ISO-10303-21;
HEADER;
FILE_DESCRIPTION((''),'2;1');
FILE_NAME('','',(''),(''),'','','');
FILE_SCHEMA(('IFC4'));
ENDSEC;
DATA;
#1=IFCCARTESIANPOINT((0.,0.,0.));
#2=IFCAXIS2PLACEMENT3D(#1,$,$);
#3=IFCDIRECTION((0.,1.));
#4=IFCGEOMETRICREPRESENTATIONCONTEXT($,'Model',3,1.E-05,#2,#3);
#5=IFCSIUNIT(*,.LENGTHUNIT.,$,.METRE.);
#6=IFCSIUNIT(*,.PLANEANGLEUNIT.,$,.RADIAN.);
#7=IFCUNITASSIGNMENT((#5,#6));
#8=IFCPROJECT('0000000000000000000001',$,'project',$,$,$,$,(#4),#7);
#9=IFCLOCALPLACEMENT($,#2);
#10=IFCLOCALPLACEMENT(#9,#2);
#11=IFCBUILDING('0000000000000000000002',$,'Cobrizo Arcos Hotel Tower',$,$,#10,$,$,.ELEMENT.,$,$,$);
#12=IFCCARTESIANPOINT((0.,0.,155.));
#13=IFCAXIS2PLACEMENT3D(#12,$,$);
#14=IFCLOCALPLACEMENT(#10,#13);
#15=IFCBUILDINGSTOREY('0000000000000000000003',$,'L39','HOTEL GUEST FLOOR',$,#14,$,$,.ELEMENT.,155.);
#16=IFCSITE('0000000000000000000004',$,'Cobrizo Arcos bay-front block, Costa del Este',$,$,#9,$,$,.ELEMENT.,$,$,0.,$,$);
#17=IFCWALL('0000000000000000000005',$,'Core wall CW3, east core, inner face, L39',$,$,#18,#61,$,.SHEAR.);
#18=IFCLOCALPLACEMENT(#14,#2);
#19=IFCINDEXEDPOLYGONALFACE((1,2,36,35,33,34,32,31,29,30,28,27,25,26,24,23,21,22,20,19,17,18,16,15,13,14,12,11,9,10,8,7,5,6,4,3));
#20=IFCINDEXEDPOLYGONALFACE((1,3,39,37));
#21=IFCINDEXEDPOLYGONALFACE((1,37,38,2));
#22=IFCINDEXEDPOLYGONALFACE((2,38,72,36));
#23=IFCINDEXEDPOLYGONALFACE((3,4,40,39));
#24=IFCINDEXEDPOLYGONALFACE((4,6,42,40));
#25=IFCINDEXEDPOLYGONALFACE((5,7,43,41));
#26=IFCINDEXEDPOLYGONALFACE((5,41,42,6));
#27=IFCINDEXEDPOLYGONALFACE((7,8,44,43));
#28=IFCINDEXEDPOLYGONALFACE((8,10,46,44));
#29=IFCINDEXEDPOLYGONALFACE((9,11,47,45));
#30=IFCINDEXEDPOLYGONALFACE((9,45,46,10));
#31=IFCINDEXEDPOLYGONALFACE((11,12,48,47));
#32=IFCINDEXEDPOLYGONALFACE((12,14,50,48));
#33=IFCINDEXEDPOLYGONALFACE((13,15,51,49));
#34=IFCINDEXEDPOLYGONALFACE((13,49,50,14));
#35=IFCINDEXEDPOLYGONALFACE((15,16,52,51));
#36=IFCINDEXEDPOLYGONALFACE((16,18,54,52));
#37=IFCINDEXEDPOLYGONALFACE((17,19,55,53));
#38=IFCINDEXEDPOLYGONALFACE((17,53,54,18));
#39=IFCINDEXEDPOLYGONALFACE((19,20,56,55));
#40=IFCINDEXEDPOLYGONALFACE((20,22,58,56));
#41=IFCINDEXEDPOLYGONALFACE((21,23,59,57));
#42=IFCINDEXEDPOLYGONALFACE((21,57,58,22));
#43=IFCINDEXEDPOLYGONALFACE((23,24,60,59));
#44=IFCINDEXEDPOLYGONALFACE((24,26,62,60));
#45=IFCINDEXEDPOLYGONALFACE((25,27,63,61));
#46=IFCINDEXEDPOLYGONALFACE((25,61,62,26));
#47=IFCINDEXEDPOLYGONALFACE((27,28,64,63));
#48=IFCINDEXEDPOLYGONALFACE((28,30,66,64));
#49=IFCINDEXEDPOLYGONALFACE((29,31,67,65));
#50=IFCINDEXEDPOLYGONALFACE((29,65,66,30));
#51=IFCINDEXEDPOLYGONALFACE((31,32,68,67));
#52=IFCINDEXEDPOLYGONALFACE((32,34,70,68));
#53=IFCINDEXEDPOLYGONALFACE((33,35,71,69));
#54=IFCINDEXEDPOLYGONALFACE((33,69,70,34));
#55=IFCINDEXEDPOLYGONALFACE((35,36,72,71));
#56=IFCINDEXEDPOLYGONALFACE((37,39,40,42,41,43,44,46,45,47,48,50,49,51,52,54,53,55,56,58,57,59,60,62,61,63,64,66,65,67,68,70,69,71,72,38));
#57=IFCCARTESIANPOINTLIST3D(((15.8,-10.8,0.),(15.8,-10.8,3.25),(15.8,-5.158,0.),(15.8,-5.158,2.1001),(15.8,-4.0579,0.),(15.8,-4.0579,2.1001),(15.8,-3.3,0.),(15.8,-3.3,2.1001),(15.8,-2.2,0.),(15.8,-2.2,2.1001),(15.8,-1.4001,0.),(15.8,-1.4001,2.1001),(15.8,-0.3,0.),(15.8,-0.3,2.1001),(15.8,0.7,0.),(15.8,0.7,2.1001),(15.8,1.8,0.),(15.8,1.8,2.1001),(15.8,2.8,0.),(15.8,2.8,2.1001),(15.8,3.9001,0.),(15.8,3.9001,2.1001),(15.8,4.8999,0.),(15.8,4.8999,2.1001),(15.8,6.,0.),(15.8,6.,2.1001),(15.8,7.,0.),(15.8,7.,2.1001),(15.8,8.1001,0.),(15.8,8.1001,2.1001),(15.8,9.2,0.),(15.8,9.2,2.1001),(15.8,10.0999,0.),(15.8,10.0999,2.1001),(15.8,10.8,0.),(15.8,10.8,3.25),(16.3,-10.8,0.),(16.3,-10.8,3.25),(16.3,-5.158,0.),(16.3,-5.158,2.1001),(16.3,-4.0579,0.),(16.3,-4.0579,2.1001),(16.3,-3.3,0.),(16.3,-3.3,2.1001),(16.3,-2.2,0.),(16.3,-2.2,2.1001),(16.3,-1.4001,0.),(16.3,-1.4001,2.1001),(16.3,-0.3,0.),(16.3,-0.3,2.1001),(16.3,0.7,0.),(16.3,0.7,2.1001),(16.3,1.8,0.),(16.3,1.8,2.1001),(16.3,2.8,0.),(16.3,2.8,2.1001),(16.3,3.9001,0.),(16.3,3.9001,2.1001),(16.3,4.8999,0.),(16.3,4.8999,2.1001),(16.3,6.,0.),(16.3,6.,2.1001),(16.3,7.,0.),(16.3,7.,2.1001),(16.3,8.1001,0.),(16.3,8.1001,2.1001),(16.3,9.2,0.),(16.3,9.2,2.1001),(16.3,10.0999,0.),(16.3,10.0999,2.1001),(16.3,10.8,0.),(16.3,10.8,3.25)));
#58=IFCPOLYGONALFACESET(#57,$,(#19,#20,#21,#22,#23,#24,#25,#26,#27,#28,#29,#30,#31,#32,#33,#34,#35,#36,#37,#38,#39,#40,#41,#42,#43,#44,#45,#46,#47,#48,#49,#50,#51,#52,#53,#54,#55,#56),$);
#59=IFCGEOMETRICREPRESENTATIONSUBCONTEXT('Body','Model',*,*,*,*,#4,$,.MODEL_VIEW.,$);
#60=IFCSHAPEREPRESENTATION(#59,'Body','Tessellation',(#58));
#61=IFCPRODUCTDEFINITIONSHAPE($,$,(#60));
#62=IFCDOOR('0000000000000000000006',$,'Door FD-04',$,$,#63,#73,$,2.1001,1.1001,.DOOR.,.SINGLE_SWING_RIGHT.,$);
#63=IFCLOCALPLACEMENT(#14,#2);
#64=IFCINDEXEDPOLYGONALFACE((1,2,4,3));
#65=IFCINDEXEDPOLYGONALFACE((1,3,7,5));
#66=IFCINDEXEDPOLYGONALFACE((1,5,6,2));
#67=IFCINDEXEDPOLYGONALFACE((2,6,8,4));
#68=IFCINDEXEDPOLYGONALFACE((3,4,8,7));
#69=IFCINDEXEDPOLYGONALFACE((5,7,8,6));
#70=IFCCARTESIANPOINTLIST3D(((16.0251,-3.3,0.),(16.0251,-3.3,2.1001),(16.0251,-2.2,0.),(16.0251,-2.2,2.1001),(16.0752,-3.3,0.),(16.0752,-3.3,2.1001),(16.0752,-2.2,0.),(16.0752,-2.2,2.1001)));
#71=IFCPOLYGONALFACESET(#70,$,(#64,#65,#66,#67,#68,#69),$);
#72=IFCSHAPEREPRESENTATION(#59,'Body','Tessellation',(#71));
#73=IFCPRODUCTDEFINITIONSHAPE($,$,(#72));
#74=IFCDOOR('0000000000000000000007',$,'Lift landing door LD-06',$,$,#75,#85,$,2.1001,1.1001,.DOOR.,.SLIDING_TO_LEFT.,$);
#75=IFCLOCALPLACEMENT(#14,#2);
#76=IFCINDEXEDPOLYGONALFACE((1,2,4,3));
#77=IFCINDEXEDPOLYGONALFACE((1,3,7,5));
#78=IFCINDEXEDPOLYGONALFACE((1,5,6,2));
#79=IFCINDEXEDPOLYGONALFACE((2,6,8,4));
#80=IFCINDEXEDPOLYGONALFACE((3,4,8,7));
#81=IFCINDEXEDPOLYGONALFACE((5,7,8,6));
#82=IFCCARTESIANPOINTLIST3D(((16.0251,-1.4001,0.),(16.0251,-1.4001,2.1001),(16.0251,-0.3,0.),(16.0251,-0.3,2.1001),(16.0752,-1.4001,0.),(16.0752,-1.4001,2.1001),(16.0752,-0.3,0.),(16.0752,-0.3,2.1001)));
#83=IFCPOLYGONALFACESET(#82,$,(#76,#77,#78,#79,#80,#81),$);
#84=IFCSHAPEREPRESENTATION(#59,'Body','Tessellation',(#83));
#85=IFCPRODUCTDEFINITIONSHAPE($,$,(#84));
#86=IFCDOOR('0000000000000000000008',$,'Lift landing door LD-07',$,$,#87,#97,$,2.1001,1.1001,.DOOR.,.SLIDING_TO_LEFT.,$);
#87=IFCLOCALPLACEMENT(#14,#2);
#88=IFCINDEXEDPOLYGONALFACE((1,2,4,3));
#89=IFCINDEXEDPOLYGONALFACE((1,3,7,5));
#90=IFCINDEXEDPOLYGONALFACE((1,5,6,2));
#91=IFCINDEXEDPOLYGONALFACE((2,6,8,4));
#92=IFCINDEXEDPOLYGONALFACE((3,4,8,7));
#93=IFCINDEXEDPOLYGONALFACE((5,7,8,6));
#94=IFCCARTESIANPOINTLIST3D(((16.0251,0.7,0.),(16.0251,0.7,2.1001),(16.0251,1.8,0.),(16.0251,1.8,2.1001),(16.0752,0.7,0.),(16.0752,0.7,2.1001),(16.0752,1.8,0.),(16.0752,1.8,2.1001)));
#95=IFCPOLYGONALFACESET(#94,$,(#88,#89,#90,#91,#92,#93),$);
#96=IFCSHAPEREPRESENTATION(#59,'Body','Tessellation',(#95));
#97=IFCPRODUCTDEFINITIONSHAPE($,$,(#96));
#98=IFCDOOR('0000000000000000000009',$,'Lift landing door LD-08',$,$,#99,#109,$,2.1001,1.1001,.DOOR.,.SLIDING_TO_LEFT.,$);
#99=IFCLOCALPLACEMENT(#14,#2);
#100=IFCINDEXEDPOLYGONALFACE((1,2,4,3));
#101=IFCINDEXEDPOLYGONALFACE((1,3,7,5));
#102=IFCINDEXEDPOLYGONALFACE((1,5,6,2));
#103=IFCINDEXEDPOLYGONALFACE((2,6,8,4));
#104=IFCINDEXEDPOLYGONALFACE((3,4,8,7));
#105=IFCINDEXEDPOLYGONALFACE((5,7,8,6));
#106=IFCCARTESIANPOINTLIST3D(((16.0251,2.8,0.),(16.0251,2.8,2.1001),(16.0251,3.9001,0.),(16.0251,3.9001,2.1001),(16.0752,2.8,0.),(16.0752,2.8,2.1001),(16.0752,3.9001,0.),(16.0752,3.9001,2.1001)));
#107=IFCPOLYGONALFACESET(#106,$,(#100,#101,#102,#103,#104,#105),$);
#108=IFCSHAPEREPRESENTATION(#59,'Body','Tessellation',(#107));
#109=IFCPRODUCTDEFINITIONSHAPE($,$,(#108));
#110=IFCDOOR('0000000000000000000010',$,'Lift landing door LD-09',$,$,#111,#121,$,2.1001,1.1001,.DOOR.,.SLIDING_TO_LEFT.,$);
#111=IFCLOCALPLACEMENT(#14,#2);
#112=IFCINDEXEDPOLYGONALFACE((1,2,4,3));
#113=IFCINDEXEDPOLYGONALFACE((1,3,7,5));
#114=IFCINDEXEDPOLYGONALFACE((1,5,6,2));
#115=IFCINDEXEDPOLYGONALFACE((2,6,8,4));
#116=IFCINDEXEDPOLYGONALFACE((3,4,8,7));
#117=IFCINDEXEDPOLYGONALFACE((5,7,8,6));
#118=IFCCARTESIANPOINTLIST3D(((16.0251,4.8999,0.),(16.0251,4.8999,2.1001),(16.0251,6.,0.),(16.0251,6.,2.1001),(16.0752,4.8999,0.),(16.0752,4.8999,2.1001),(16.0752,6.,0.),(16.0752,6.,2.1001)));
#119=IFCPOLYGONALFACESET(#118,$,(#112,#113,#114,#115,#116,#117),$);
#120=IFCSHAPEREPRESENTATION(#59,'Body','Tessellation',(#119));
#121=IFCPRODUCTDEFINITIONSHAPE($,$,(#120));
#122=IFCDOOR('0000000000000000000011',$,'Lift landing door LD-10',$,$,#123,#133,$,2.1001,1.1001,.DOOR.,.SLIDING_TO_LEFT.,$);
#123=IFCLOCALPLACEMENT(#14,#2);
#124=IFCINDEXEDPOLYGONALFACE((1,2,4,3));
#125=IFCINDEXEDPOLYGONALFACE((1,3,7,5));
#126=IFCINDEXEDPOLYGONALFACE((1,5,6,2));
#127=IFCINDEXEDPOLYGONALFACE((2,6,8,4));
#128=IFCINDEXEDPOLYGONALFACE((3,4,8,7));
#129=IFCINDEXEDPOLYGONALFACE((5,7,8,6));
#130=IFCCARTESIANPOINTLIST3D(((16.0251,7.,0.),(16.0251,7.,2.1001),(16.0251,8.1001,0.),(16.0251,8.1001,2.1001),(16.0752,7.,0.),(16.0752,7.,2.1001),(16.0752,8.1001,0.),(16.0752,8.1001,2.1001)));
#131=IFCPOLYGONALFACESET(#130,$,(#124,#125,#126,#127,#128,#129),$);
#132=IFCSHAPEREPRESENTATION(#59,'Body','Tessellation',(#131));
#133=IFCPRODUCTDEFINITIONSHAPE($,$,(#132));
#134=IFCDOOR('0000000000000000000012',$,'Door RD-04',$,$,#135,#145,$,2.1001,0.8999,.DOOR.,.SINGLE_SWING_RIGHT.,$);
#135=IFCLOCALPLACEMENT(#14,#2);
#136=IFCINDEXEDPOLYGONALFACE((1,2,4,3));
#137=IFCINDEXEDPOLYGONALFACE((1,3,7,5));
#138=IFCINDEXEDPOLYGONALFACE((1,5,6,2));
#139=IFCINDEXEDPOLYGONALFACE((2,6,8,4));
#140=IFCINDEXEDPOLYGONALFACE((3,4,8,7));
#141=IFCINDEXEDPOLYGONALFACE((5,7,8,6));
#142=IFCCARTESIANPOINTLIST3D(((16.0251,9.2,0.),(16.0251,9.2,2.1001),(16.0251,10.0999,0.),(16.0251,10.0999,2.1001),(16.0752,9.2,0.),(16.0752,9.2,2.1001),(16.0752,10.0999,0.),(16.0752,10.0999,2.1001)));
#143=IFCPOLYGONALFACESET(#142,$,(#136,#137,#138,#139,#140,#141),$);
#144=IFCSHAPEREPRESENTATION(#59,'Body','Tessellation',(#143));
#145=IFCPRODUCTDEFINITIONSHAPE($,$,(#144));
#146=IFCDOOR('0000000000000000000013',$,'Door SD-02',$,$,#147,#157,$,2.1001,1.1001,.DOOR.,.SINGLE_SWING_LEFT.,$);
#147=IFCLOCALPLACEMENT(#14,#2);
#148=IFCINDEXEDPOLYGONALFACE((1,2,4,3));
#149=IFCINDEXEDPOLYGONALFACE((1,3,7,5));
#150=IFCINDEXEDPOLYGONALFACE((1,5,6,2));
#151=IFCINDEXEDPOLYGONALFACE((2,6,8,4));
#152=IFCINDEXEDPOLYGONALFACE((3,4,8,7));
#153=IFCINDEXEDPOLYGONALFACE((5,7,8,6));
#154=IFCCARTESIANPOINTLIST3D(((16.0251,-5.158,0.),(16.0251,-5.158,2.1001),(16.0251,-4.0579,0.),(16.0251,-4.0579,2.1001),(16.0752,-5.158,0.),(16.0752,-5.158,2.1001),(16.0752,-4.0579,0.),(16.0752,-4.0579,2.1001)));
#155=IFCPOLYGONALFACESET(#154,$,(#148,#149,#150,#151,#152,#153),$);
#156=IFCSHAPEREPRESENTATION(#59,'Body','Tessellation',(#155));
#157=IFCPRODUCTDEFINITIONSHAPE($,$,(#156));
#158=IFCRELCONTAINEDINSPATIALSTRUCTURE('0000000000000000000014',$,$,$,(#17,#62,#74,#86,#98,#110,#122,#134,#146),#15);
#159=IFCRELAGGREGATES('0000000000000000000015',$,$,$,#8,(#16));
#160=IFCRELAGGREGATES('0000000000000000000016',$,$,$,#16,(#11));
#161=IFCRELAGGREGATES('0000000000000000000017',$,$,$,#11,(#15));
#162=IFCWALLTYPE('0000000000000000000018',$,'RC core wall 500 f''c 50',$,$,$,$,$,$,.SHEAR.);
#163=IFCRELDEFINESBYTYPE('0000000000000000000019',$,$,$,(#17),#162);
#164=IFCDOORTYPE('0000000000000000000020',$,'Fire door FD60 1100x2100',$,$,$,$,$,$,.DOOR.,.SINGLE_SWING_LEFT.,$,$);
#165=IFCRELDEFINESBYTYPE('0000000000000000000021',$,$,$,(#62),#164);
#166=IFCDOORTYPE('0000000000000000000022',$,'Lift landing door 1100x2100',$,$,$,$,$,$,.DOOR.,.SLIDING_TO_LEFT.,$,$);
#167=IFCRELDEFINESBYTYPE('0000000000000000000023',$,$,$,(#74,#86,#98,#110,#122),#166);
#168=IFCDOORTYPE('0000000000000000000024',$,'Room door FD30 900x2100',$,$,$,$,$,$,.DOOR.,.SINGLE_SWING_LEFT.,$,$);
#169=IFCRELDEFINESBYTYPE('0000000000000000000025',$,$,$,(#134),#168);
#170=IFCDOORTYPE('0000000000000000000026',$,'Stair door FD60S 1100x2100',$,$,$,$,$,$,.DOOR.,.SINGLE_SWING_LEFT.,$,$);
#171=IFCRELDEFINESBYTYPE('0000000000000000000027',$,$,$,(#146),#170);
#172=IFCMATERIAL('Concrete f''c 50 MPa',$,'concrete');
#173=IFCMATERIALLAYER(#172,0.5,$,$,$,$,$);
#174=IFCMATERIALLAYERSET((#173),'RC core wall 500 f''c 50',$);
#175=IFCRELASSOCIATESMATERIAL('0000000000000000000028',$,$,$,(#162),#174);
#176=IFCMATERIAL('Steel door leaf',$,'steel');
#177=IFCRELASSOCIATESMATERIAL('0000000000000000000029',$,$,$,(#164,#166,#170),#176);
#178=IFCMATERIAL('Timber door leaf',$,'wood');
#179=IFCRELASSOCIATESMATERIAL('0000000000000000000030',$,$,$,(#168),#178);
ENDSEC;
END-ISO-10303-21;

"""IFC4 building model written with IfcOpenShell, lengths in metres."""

from ifc_helpers import new_model, si_unit, direction, frame, frame_2d, origin, place, context, subcontext, project, spatial, rectangle, extrude, material, layer, layer_set, type_object, element, fill, save


model = new_model("IFC4")

# Units and contexts
model_context = context("Model", 3, precision=1e-05, world=origin(), true_north=direction((0.0, 1.0)))
body_context = subcontext(model_context, "Body", "Model", "MODEL_VIEW")
ifc_project = project(units=[si_unit("LENGTHUNIT", "METRE"), si_unit("PLANEANGLEUNIT", "RADIAN")], contexts=[model_context])

# Site, building, storey
site_placement = place(None, origin())
site = spatial("IfcSite", under=ifc_project, at=site_placement, Name="Cobrizo Arcos bay-front block, Costa del Este", CompositionType="ELEMENT", RefElevation=0.0)
building_placement = place(site_placement, origin())
building = spatial("IfcBuilding", under=site, at=building_placement, Name="Cobrizo Arcos Hotel Tower", CompositionType="ELEMENT")
storey_placement = place(building_placement, frame((0.0, 0.0, 155.0)))
storey = spatial("IfcBuildingStorey", under=building, at=storey_placement, Name="L39", Description="HOTEL GUEST FLOOR", CompositionType="ELEMENT", Elevation=155.0)

# Wall, openings, doors
ifc_material_1 = material(Name="Concrete f'c 50 MPa", Category="concrete")
ifc_layer_1 = layer(ifc_material_1, 0.5)
ifc_layer_set_1 = layer_set([ifc_layer_1], Name="RC core wall 500 f'c 50")
wall_type_1 = type_object("IfcWallType", Name="RC core wall 500 f'c 50", PredefinedType="SHEAR", material=ifc_layer_set_1)
wall_1_placement = place(storey_placement, frame((16.05, -10.8, 0.0), z_axis=(0.0, 0.0, 1.0), x_axis=(0.0, 1.0, 0.0)))
wall_1 = element("IfcWall", 1, at=wall_1_placement, inside=storey, type_object=wall_type_1, Name="Core wall CW3, east core, inner face, L39", PredefinedType="SHEAR", context=body_context, shape_type="SweptSolid", body=[
    extrude(rectangle(XDim=21.6001, YDim=0.5, at=frame_2d((10.8, 0.0))), origin(), (0.0, 0.0, 1.0), 3.25),
])
opening_1_placement = place(wall_1_placement, frame((9.3999, 0.0, 0.0)))
opening_1 = element("IfcOpeningElement", 2, at=opening_1_placement, cuts=wall_1, PredefinedType="OPENING", context=body_context, shape_type="SweptSolid", body=[
    extrude(rectangle(XDim=1.1001, YDim=2.1001, at=frame_2d((0.55, 1.05))), frame((0.0, 0.262, 0.0), z_axis=(0.0, -1.0, 0.0), x_axis=(1.0, 0.0, 0.0)), (0.0, 0.0, 1.0), 0.5239),
])
opening_2_placement = place(wall_1_placement, frame((11.5, 0.0, 0.0)))
opening_2 = element("IfcOpeningElement", 3, at=opening_2_placement, cuts=wall_1, PredefinedType="OPENING", context=body_context, shape_type="SweptSolid", body=[
    extrude(rectangle(XDim=1.1001, YDim=2.1001, at=frame_2d((0.55, 1.05))), frame((0.0, 0.262, 0.0), z_axis=(0.0, -1.0, 0.0), x_axis=(1.0, 0.0, 0.0)), (0.0, 0.0, 1.0), 0.5239),
])
opening_3_placement = place(wall_1_placement, frame((13.6001, 0.0, 0.0)))
opening_3 = element("IfcOpeningElement", 4, at=opening_3_placement, cuts=wall_1, PredefinedType="OPENING", context=body_context, shape_type="SweptSolid", body=[
    extrude(rectangle(XDim=1.1001, YDim=2.1001, at=frame_2d((0.55, 1.05))), frame((0.0, 0.262, 0.0), z_axis=(0.0, -1.0, 0.0), x_axis=(1.0, 0.0, 0.0)), (0.0, 0.0, 1.0), 0.5239),
])
opening_4_placement = place(wall_1_placement, frame((15.7, 0.0, 0.0)))
opening_4 = element("IfcOpeningElement", 5, at=opening_4_placement, cuts=wall_1, PredefinedType="OPENING", context=body_context, shape_type="SweptSolid", body=[
    extrude(rectangle(XDim=1.1001, YDim=2.1001, at=frame_2d((0.55, 1.05))), frame((0.0, 0.262, 0.0), z_axis=(0.0, -1.0, 0.0), x_axis=(1.0, 0.0, 0.0)), (0.0, 0.0, 1.0), 0.5239),
])
opening_5_placement = place(wall_1_placement, frame((17.8, 0.0, 0.0)))
opening_5 = element("IfcOpeningElement", 6, at=opening_5_placement, cuts=wall_1, PredefinedType="OPENING", context=body_context, shape_type="SweptSolid", body=[
    extrude(rectangle(XDim=1.1001, YDim=2.1001, at=frame_2d((0.55, 1.05))), frame((0.0, 0.262, 0.0), z_axis=(0.0, -1.0, 0.0), x_axis=(1.0, 0.0, 0.0)), (0.0, 0.0, 1.0), 0.5239),
])
opening_6_placement = place(wall_1_placement, frame((5.6421, 0.0, 0.0)))
opening_6 = element("IfcOpeningElement", 7, at=opening_6_placement, cuts=wall_1, PredefinedType="OPENING", context=body_context, shape_type="SweptSolid", body=[
    extrude(rectangle(XDim=1.1001, YDim=2.1001, at=frame_2d((0.55, 1.05))), frame((0.0, 0.262, 0.0), z_axis=(0.0, -1.0, 0.0), x_axis=(1.0, 0.0, 0.0)), (0.0, 0.0, 1.0), 0.5239),
])
opening_7_placement = place(wall_1_placement, frame((7.5, 0.0, 0.0)))
opening_7 = element("IfcOpeningElement", 8, at=opening_7_placement, cuts=wall_1, PredefinedType="OPENING", context=body_context, shape_type="SweptSolid", body=[
    extrude(rectangle(XDim=1.1001, YDim=2.1001, at=frame_2d((0.55, 1.05))), frame((0.0, 0.262, 0.0), z_axis=(0.0, -1.0, 0.0), x_axis=(1.0, 0.0, 0.0)), (0.0, 0.0, 1.0), 0.5239),
])
opening_8_placement = place(wall_1_placement, frame((20.0, 0.0, 0.0)))
opening_8 = element("IfcOpeningElement", 9, at=opening_8_placement, cuts=wall_1, PredefinedType="OPENING", context=body_context, shape_type="SweptSolid", body=[
    extrude(rectangle(XDim=0.8999, YDim=2.1001, at=frame_2d((0.45, 1.05))), frame((0.0, 0.262, 0.0), z_axis=(0.0, -1.0, 0.0), x_axis=(1.0, 0.0, 0.0)), (0.0, 0.0, 1.0), 0.5239),
])
ifc_material_2 = material(Name="Steel door leaf", Category="steel")
door_type_1 = type_object("IfcDoorType", Name="Fire door FD60 1100x2100", OperationType="SINGLE_SWING_LEFT", PredefinedType="DOOR", material=ifc_material_2)
door_1_placement = place(opening_7_placement, origin())
door_1 = element("IfcDoor", 10, at=door_1_placement, inside=storey, type_object=door_type_1, Name="Door FD-04", OperationType="SINGLE_SWING_RIGHT", OverallHeight=2.1001, OverallWidth=1.1001, PredefinedType="DOOR", context=body_context, shape_type="SweptSolid", body=[
    extrude(rectangle(XDim=1.1001, YDim=2.1001, at=frame_2d((0.55, 1.05))), frame((0.0, 0.0249, 0.0), z_axis=(0.0, -1.0, 0.0), x_axis=(1.0, 0.0, 0.0)), (0.0, 0.0, 1.0), 0.05),
])
fill(opening_7, door_1)
door_type_2 = type_object("IfcDoorType", Name="Lift landing door 1100x2100", OperationType="SLIDING_TO_LEFT", PredefinedType="DOOR", material=ifc_material_2)
door_2_placement = place(opening_1_placement, origin())
door_2 = element("IfcDoor", 11, at=door_2_placement, inside=storey, type_object=door_type_2, Name="Lift landing door LD-06", OperationType="SLIDING_TO_LEFT", OverallHeight=2.1001, OverallWidth=1.1001, PredefinedType="DOOR", context=body_context, shape_type="SweptSolid", body=[
    extrude(rectangle(XDim=1.1001, YDim=2.1001, at=frame_2d((0.55, 1.05))), frame((0.0, 0.0249, 0.0), z_axis=(0.0, -1.0, 0.0), x_axis=(1.0, 0.0, 0.0)), (0.0, 0.0, 1.0), 0.05),
])
fill(opening_1, door_2)
door_3_placement = place(opening_2_placement, origin())
door_3 = element("IfcDoor", 12, at=door_3_placement, inside=storey, type_object=door_type_2, Name="Lift landing door LD-07", OperationType="SLIDING_TO_LEFT", OverallHeight=2.1001, OverallWidth=1.1001, PredefinedType="DOOR", context=body_context, shape_type="SweptSolid", body=[
    extrude(rectangle(XDim=1.1001, YDim=2.1001, at=frame_2d((0.55, 1.05))), frame((0.0, 0.0249, 0.0), z_axis=(0.0, -1.0, 0.0), x_axis=(1.0, 0.0, 0.0)), (0.0, 0.0, 1.0), 0.05),
])
fill(opening_2, door_3)
door_4_placement = place(opening_3_placement, origin())
door_4 = element("IfcDoor", 13, at=door_4_placement, inside=storey, type_object=door_type_2, Name="Lift landing door LD-08", OperationType="SLIDING_TO_LEFT", OverallHeight=2.1001, OverallWidth=1.1001, PredefinedType="DOOR", context=body_context, shape_type="SweptSolid", body=[
    extrude(rectangle(XDim=1.1001, YDim=2.1001, at=frame_2d((0.55, 1.05))), frame((0.0, 0.0249, 0.0), z_axis=(0.0, -1.0, 0.0), x_axis=(1.0, 0.0, 0.0)), (0.0, 0.0, 1.0), 0.05),
])
fill(opening_3, door_4)
door_5_placement = place(opening_4_placement, origin())
door_5 = element("IfcDoor", 14, at=door_5_placement, inside=storey, type_object=door_type_2, Name="Lift landing door LD-09", OperationType="SLIDING_TO_LEFT", OverallHeight=2.1001, OverallWidth=1.1001, PredefinedType="DOOR", context=body_context, shape_type="SweptSolid", body=[
    extrude(rectangle(XDim=1.1001, YDim=2.1001, at=frame_2d((0.55, 1.05))), frame((0.0, 0.0249, 0.0), z_axis=(0.0, -1.0, 0.0), x_axis=(1.0, 0.0, 0.0)), (0.0, 0.0, 1.0), 0.05),
])
fill(opening_4, door_5)
door_6_placement = place(opening_5_placement, origin())
door_6 = element("IfcDoor", 15, at=door_6_placement, inside=storey, type_object=door_type_2, Name="Lift landing door LD-10", OperationType="SLIDING_TO_LEFT", OverallHeight=2.1001, OverallWidth=1.1001, PredefinedType="DOOR", context=body_context, shape_type="SweptSolid", body=[
    extrude(rectangle(XDim=1.1001, YDim=2.1001, at=frame_2d((0.55, 1.05))), frame((0.0, 0.0249, 0.0), z_axis=(0.0, -1.0, 0.0), x_axis=(1.0, 0.0, 0.0)), (0.0, 0.0, 1.0), 0.05),
])
fill(opening_5, door_6)
ifc_material_3 = material(Name="Timber door leaf", Category="wood")
door_type_3 = type_object("IfcDoorType", Name="Room door FD30 900x2100", OperationType="SINGLE_SWING_LEFT", PredefinedType="DOOR", material=ifc_material_3)
door_7_placement = place(opening_8_placement, origin())
door_7 = element("IfcDoor", 16, at=door_7_placement, inside=storey, type_object=door_type_3, Name="Door RD-04", OperationType="SINGLE_SWING_RIGHT", OverallHeight=2.1001, OverallWidth=0.8999, PredefinedType="DOOR", context=body_context, shape_type="SweptSolid", body=[
    extrude(rectangle(XDim=0.8999, YDim=2.1001, at=frame_2d((0.45, 1.05))), frame((0.0, 0.0249, 0.0), z_axis=(0.0, -1.0, 0.0), x_axis=(1.0, 0.0, 0.0)), (0.0, 0.0, 1.0), 0.05),
])
fill(opening_8, door_7)
door_type_4 = type_object("IfcDoorType", Name="Stair door FD60S 1100x2100", OperationType="SINGLE_SWING_LEFT", PredefinedType="DOOR", material=ifc_material_2)
door_8_placement = place(opening_6_placement, origin())
door_8 = element("IfcDoor", 17, at=door_8_placement, inside=storey, type_object=door_type_4, Name="Door SD-02", OperationType="SINGLE_SWING_LEFT", OverallHeight=2.1001, OverallWidth=1.1001, PredefinedType="DOOR", context=body_context, shape_type="SweptSolid", body=[
    extrude(rectangle(XDim=1.1001, YDim=2.1001, at=frame_2d((0.55, 1.05))), frame((0.0, 0.0249, 0.0), z_axis=(0.0, -1.0, 0.0), x_axis=(1.0, 0.0, 0.0)), (0.0, 0.0, 1.0), 0.05),
])
fill(opening_6, door_8)

save(model, "model.ifc")
